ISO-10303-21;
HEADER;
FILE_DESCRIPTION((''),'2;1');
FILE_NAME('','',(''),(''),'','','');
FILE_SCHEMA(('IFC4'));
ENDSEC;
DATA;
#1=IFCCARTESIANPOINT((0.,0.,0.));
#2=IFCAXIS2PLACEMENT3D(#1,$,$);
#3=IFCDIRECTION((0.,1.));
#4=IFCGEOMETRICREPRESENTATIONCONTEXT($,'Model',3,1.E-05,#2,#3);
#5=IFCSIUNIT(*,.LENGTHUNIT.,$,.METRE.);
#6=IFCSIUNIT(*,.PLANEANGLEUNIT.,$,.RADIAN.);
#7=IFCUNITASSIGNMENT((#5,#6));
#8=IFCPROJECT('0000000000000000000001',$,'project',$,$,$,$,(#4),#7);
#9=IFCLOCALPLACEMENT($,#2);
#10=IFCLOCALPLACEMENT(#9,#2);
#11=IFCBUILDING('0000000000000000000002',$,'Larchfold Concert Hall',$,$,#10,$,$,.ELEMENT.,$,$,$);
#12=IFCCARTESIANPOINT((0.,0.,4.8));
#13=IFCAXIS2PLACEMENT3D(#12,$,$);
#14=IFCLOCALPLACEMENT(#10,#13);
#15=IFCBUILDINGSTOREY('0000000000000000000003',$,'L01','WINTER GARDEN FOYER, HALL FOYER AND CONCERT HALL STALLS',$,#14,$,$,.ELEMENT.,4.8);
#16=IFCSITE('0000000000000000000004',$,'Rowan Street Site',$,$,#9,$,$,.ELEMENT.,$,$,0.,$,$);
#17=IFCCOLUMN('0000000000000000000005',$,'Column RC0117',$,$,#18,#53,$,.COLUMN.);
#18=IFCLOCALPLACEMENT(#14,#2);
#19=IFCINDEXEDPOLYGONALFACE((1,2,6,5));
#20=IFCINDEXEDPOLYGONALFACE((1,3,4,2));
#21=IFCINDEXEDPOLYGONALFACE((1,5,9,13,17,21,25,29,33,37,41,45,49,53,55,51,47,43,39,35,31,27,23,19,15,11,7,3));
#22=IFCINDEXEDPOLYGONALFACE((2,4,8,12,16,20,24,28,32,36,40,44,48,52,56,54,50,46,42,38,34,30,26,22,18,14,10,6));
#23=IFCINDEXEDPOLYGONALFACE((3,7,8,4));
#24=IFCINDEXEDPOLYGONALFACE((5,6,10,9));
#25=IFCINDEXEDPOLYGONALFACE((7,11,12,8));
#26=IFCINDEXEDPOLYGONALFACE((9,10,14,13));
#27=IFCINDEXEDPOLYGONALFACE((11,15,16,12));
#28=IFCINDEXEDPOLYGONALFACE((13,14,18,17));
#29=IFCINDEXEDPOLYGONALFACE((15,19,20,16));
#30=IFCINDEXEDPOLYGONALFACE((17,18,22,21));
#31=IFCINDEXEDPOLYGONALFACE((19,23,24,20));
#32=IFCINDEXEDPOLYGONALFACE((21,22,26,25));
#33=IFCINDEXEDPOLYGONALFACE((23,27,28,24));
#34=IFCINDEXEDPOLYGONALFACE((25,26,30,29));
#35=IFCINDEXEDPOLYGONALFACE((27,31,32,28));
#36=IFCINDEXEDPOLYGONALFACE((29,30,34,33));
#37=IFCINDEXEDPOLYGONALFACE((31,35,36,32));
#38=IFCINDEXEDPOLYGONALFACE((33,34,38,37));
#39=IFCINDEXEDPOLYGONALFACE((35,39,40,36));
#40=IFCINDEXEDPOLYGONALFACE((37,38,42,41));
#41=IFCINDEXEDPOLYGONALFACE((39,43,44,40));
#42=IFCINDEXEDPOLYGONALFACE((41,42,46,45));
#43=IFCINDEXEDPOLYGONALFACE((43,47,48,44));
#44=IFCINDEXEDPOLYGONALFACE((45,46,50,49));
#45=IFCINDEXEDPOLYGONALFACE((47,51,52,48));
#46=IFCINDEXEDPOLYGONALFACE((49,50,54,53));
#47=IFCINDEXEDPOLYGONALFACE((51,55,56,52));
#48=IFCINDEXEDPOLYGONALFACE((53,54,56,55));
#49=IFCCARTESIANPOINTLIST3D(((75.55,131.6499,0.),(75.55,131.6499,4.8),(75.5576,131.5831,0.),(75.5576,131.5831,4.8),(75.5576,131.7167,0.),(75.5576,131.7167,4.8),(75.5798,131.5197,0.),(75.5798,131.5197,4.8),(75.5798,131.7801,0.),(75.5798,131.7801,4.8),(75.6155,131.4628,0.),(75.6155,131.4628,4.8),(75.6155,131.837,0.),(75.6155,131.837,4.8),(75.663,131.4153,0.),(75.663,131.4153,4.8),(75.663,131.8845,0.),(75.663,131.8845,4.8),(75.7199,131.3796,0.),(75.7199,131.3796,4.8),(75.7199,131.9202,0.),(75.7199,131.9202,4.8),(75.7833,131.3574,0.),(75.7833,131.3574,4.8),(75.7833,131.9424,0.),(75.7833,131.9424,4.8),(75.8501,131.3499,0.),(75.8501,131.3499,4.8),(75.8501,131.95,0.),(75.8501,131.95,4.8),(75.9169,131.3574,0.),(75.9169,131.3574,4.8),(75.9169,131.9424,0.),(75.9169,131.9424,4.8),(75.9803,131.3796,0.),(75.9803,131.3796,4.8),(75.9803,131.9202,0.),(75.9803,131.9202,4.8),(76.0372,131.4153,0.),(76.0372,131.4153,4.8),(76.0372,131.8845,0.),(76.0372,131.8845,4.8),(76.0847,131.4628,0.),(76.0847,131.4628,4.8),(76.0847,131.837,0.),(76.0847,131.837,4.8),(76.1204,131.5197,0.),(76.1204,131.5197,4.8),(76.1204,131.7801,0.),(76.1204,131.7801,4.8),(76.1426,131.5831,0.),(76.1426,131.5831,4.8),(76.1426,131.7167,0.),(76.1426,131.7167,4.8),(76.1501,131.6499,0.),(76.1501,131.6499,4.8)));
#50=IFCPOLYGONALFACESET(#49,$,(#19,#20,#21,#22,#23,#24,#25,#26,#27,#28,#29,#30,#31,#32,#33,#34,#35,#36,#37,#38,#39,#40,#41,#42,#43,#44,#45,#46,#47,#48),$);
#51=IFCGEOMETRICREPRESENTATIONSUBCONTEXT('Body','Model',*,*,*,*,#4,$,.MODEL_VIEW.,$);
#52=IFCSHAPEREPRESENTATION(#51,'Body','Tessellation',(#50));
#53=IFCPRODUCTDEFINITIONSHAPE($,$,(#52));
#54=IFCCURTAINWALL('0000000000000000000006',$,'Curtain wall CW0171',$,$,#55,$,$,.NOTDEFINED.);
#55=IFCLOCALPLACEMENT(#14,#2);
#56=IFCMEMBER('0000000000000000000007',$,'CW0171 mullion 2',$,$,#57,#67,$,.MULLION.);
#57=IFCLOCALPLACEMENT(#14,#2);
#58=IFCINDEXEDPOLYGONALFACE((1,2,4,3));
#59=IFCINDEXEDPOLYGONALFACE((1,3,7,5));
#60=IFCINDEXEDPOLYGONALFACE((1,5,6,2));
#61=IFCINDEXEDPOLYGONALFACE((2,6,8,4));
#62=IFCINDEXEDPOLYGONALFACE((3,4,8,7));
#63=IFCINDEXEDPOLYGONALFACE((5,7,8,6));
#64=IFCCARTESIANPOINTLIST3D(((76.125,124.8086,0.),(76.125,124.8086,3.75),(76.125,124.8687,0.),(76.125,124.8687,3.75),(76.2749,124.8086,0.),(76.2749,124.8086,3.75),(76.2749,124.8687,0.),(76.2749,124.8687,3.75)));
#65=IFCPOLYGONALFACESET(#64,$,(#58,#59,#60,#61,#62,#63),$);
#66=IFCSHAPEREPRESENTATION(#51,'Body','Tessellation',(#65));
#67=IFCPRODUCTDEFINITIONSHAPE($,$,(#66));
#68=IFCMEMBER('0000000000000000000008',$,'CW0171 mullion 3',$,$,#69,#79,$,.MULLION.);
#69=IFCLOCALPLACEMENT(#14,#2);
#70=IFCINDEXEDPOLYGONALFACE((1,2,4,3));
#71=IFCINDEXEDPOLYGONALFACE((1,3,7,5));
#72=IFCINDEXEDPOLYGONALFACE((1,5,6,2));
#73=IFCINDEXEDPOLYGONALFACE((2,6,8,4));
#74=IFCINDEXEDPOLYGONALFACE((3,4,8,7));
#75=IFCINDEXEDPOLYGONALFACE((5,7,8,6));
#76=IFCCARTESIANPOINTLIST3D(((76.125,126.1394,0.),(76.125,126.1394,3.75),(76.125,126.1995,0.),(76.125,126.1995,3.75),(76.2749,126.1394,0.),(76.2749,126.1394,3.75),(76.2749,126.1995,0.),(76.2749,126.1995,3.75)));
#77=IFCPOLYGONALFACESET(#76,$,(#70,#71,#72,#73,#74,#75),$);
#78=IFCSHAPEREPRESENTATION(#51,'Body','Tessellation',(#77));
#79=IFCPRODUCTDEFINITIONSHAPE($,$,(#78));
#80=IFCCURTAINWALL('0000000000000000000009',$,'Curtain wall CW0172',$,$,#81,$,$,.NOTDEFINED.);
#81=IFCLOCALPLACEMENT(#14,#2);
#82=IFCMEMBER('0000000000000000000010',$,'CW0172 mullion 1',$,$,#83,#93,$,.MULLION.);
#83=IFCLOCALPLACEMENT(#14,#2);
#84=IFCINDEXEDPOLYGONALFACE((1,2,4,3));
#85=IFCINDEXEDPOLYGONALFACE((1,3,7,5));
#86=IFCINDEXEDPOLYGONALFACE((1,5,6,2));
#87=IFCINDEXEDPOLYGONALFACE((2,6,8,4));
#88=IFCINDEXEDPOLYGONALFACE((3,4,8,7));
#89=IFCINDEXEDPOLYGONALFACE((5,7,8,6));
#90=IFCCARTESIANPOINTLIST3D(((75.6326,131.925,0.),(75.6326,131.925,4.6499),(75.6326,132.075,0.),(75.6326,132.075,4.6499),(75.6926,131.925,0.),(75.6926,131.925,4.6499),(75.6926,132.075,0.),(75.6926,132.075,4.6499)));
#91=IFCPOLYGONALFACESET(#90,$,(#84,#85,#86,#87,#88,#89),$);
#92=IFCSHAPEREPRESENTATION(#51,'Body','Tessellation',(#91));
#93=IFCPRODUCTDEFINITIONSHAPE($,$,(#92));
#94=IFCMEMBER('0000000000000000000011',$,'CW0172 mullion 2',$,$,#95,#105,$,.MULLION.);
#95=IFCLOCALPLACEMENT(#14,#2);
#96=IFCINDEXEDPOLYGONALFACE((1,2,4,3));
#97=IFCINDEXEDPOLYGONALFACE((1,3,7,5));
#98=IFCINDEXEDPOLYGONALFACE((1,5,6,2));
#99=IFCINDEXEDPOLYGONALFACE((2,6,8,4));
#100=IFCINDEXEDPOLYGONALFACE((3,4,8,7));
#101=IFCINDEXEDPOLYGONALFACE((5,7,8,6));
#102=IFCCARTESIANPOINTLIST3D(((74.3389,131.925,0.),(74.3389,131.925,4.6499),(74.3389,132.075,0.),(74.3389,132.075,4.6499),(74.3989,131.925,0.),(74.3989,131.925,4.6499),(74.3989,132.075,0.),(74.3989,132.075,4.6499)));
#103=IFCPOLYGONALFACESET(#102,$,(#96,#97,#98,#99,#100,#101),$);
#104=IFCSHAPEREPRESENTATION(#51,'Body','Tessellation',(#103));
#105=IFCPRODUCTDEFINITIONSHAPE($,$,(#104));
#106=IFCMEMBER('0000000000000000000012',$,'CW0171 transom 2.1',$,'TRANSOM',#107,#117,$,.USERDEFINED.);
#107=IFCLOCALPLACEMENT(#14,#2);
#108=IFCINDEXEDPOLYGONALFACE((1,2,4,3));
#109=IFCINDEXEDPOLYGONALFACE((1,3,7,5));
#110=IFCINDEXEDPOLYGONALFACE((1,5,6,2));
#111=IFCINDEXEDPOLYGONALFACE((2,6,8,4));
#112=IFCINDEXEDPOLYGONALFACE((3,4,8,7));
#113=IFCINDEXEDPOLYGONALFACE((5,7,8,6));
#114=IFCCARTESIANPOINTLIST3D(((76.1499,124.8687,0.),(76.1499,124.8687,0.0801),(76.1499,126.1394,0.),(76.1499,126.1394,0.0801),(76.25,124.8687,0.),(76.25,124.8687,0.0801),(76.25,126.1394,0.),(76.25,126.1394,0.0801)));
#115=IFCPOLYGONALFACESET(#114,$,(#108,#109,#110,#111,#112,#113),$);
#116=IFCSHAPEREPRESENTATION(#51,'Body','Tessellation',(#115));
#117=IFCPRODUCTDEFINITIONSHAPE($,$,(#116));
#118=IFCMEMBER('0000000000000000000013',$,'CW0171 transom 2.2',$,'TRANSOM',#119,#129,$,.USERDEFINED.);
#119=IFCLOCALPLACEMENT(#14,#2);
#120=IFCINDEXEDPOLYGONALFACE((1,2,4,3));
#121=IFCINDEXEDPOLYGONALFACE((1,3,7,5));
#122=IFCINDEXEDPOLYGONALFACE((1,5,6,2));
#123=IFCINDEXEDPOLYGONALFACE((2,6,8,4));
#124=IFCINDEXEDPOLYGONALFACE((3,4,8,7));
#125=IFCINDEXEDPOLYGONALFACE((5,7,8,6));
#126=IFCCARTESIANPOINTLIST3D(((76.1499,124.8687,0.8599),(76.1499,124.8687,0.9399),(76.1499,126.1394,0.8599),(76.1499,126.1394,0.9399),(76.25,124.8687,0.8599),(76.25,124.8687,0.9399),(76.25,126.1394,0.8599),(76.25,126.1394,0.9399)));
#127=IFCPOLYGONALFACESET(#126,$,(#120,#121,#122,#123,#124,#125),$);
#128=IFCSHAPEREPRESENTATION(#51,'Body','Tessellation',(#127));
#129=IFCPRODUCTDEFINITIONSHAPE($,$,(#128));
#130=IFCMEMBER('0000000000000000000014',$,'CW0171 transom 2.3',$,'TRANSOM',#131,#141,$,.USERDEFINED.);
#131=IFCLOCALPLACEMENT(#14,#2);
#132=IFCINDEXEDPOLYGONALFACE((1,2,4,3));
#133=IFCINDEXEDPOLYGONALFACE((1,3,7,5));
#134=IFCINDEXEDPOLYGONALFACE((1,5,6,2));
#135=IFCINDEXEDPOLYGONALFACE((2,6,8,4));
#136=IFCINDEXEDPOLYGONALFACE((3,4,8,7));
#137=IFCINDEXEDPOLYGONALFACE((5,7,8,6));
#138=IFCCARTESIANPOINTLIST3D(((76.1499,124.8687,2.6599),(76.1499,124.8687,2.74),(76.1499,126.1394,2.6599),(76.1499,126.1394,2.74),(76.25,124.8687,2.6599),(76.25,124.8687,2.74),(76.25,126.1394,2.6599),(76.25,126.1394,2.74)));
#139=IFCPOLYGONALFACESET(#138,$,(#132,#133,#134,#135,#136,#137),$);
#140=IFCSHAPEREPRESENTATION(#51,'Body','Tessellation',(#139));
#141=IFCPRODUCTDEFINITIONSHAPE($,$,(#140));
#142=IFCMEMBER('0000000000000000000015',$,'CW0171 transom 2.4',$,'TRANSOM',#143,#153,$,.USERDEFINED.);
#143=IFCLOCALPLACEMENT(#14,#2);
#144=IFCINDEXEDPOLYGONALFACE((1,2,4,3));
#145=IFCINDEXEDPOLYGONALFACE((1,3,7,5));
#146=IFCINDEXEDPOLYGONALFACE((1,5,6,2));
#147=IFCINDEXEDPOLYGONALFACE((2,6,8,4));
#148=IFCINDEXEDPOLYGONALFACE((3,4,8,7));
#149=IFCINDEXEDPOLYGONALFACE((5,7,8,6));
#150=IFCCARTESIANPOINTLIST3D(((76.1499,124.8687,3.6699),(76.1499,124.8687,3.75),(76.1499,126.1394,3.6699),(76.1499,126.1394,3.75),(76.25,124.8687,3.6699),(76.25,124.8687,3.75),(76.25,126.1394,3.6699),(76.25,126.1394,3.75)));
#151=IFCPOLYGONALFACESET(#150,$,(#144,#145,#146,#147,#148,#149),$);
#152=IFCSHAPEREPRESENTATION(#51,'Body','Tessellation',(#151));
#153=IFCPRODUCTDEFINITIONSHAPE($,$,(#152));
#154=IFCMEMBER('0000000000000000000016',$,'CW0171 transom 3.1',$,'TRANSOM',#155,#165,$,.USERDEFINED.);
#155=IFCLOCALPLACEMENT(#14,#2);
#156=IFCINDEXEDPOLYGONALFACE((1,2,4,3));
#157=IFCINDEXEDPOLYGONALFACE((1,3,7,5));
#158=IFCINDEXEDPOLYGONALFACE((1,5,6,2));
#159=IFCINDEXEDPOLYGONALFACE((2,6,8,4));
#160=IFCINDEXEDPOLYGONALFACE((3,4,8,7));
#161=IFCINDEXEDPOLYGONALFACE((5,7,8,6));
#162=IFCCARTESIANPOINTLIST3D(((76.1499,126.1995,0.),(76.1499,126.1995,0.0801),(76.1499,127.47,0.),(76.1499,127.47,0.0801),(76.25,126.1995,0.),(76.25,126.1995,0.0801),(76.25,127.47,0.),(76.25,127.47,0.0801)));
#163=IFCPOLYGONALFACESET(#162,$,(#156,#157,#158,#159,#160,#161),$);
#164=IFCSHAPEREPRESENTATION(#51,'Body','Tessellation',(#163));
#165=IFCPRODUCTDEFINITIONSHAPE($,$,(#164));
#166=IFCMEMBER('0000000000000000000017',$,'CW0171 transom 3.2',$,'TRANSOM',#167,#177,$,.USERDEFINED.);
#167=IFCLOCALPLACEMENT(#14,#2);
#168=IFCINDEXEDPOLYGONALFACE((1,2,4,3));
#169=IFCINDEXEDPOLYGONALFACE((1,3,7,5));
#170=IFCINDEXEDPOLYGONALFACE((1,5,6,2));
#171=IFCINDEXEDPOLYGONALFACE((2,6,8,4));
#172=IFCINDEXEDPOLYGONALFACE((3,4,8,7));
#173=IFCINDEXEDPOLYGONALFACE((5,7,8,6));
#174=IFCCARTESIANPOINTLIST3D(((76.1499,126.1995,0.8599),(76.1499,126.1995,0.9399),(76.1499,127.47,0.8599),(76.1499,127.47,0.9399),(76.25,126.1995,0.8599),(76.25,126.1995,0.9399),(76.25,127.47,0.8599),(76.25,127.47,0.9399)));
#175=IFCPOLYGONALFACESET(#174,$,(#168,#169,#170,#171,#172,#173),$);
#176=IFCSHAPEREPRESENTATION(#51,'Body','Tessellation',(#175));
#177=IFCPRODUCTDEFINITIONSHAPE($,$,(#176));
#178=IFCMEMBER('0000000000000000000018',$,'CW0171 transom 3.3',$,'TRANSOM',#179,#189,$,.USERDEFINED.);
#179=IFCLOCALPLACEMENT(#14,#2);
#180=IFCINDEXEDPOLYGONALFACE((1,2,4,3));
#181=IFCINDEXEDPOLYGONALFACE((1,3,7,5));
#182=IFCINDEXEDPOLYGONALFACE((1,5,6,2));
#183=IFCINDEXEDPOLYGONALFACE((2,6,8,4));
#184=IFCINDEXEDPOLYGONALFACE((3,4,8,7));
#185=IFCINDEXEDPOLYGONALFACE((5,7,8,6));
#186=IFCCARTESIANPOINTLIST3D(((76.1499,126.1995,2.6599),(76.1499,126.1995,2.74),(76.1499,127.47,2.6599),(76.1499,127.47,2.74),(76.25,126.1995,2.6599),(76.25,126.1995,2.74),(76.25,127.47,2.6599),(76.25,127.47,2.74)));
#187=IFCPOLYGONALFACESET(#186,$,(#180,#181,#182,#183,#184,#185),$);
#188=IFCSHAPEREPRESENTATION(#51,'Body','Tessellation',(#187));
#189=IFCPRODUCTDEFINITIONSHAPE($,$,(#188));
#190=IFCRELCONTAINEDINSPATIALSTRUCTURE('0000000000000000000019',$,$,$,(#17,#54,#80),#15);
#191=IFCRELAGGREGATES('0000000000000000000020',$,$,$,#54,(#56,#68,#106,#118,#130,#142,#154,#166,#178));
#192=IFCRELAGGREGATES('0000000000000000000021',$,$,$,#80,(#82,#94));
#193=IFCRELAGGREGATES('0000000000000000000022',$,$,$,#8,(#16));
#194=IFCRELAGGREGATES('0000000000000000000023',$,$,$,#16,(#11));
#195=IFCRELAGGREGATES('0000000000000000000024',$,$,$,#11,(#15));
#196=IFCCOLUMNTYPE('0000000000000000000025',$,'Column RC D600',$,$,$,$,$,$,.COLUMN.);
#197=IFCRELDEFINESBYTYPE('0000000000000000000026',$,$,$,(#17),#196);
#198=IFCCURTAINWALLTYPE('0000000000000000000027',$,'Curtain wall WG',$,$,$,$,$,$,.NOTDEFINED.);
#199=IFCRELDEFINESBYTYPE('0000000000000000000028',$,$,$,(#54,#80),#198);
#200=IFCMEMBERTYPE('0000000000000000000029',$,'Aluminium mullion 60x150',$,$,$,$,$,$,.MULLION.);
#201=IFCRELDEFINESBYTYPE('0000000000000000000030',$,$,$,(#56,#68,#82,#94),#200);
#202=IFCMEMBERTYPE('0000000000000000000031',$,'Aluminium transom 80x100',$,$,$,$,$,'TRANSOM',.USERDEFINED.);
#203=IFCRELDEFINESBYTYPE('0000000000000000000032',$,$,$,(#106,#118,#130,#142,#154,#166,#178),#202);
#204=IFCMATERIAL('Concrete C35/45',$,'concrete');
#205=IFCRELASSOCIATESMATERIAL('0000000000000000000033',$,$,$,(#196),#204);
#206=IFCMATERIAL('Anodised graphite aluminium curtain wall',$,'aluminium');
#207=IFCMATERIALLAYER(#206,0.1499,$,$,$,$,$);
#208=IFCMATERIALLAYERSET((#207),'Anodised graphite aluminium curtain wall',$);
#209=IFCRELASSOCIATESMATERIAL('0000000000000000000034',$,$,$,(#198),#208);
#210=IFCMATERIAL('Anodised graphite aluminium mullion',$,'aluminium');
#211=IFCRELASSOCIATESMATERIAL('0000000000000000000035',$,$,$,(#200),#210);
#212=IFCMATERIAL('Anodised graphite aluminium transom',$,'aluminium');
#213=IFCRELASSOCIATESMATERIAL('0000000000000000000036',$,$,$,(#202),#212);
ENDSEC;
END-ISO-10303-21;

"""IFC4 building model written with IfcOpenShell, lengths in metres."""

from ifc_helpers import new_model, si_unit, direction, frame, origin, origin_2d, place, context, subcontext, project, spatial, rectangle, circle, extrude, material, layer, layer_set, material_profile, profile_set, type_object, element, aggregate, save


model = new_model("IFC4")

# Units and contexts
model_context = context("Model", 3, precision=1e-05, world=origin(), true_north=direction((0.0, 1.0)))
body_context = subcontext(model_context, "Body", "Model", "MODEL_VIEW")
ifc_project = project(units=[si_unit("LENGTHUNIT", "METRE"), si_unit("PLANEANGLEUNIT", "RADIAN")], contexts=[model_context])

# Site, building, storey
site_placement = place(None, origin())
site = spatial("IfcSite", under=ifc_project, at=site_placement, Name="Rowan Street Site", CompositionType="ELEMENT", RefElevation=0.0)
building_placement = place(site_placement, origin())
building = spatial("IfcBuilding", under=site, at=building_placement, Name="Larchfold Concert Hall", CompositionType="ELEMENT")
storey_placement = place(building_placement, frame((0.0, 0.0, 4.8)))
storey = spatial("IfcBuildingStorey", under=building, at=storey_placement, Name="L01", Description="WINTER GARDEN FOYER, HALL FOYER AND CONCERT HALL STALLS", CompositionType="ELEMENT", Elevation=4.8)

# Column
ifc_material_1 = material(Name="Concrete C35/45", Category="concrete")
ifc_material_profile_1 = material_profile(ifc_material_1, circle(Radius=0.3, at=origin_2d()))
ifc_profile_set_1 = profile_set([ifc_material_profile_1], Name="Concrete C35/45")
column_type = type_object("IfcColumnType", Name="Column RC D600", PredefinedType="COLUMN", material=ifc_profile_set_1)
column_placement = place(storey_placement, frame((75.8501, 131.6499, 0.0), z_axis=(0.0, 0.0, 1.0), x_axis=(1.0, 0.0, 0.0)))
element("IfcColumn", 1, at=column_placement, inside=storey, type_object=column_type, Name="Column RC0117", PredefinedType="COLUMN", context=body_context, shape_type="SweptSolid", body=[
    extrude(circle(Radius=0.3, at=origin_2d()), origin(), (0.0, 0.0, 1.0), 4.8),
])

# Curtain walls, members
ifc_material_2 = material(Name="Anodised graphite aluminium curtain wall", Category="aluminium")
ifc_layer_1 = layer(ifc_material_2, 0.1499)
ifc_layer_set_1 = layer_set([ifc_layer_1], Name="Anodised graphite aluminium curtain wall")
curtain_wall_type = type_object("IfcCurtainWallType", Name="Curtain wall WG", PredefinedType="NOTDEFINED", material=ifc_layer_set_1)
curtain_wall_1_placement = place(storey_placement, origin())
curtain_wall_1 = element("IfcCurtainWall", 2, at=curtain_wall_1_placement, inside=storey, type_object=curtain_wall_type, Name="Curtain wall CW0171", PredefinedType="NOTDEFINED")
ifc_material_3 = material(Name="Anodised graphite aluminium mullion", Category="aluminium")
ifc_material_profile_2 = material_profile(ifc_material_3, rectangle(XDim=0.1499, YDim=0.0601, at=origin_2d()))
ifc_profile_set_2 = profile_set([ifc_material_profile_2], Name="Anodised graphite aluminium mullion")
member_type_1 = type_object("IfcMemberType", Name="Aluminium mullion 60x150", PredefinedType="MULLION", material=ifc_profile_set_2)
member_1_placement = place(storey_placement, frame((76.2, 124.8386, 0.0), z_axis=(0.0, 0.0, 1.0), x_axis=(-1.0, 0.0, 0.0)))
member_1 = element("IfcMember", 3, at=member_1_placement, type_object=member_type_1, Name="CW0171 mullion 2", PredefinedType="MULLION", context=body_context, shape_type="SweptSolid", body=[
    extrude(rectangle(XDim=0.1499, YDim=0.0601, at=origin_2d()), origin(), (0.0, 0.0, 1.0), 3.75),
])
member_2_placement = place(storey_placement, frame((76.2, 126.1694, 0.0), z_axis=(0.0, 0.0, 1.0), x_axis=(-1.0, 0.0, 0.0)))
member_2 = element("IfcMember", 4, at=member_2_placement, type_object=member_type_1, Name="CW0171 mullion 3", PredefinedType="MULLION", context=body_context, shape_type="SweptSolid", body=[
    extrude(rectangle(XDim=0.1499, YDim=0.0601, at=origin_2d()), origin(), (0.0, 0.0, 1.0), 3.75),
])
curtain_wall_2_placement = place(storey_placement, origin())
curtain_wall_2 = element("IfcCurtainWall", 5, at=curtain_wall_2_placement, inside=storey, type_object=curtain_wall_type, Name="Curtain wall CW0172", PredefinedType="NOTDEFINED")
member_3_placement = place(storey_placement, frame((75.6626, 132.0, 0.0), z_axis=(0.0, 0.0, 1.0), x_axis=(0.0, -1.0, 0.0)))
member_3 = element("IfcMember", 6, at=member_3_placement, type_object=member_type_1, Name="CW0172 mullion 1", PredefinedType="MULLION", context=body_context, shape_type="SweptSolid", body=[
    extrude(rectangle(XDim=0.1499, YDim=0.0601, at=origin_2d()), origin(), (0.0, 0.0, 1.0), 4.6499),
])
member_4_placement = place(storey_placement, frame((74.3689, 132.0, 0.0), z_axis=(0.0, 0.0, 1.0), x_axis=(0.0, -1.0, 0.0)))
member_4 = element("IfcMember", 7, at=member_4_placement, type_object=member_type_1, Name="CW0172 mullion 2", PredefinedType="MULLION", context=body_context, shape_type="SweptSolid", body=[
    extrude(rectangle(XDim=0.1499, YDim=0.0601, at=origin_2d()), origin(), (0.0, 0.0, 1.0), 4.6499),
])

# Members
ifc_material_4 = material(Name="Anodised graphite aluminium transom", Category="aluminium")
ifc_material_profile_3 = material_profile(ifc_material_4, rectangle(XDim=0.1001, YDim=0.0801, at=origin_2d()))
ifc_profile_set_3 = profile_set([ifc_material_profile_3], Name="Anodised graphite aluminium transom")
member_type_2 = type_object("IfcMemberType", Name="Aluminium transom 80x100", ElementType="TRANSOM", PredefinedType="USERDEFINED", material=ifc_profile_set_3)
member_5_placement = place(storey_placement, frame((76.2, 124.8687, 0.04), z_axis=(0.0, 1.0, 0.0), x_axis=(-1.0, 0.0, 0.0)))
member_5 = element("IfcMember", 8, at=member_5_placement, type_object=member_type_2, Name="CW0171 transom 2.1", ObjectType="TRANSOM", PredefinedType="USERDEFINED", context=body_context, shape_type="SweptSolid", body=[
    extrude(rectangle(XDim=0.1001, YDim=0.0801, at=origin_2d()), origin(), (0.0, 0.0, 1.0), 1.2708),
])
member_6_placement = place(storey_placement, frame((76.2, 124.8687, 0.8999), z_axis=(0.0, 1.0, 0.0), x_axis=(-1.0, 0.0, 0.0)))
member_6 = element("IfcMember", 9, at=member_6_placement, type_object=member_type_2, Name="CW0171 transom 2.2", ObjectType="TRANSOM", PredefinedType="USERDEFINED", context=body_context, shape_type="SweptSolid", body=[
    extrude(rectangle(XDim=0.1001, YDim=0.0801, at=origin_2d()), origin(), (0.0, 0.0, 1.0), 1.2708),
])
member_7_placement = place(storey_placement, frame((76.2, 124.8687, 2.7), z_axis=(0.0, 1.0, 0.0), x_axis=(-1.0, 0.0, 0.0)))
member_7 = element("IfcMember", 10, at=member_7_placement, type_object=member_type_2, Name="CW0171 transom 2.3", ObjectType="TRANSOM", PredefinedType="USERDEFINED", context=body_context, shape_type="SweptSolid", body=[
    extrude(rectangle(XDim=0.1001, YDim=0.0801, at=origin_2d()), origin(), (0.0, 0.0, 1.0), 1.2708),
])
member_8_placement = place(storey_placement, frame((76.2, 124.8687, 3.71), z_axis=(0.0, 1.0, 0.0), x_axis=(-1.0, 0.0, 0.0)))
member_8 = element("IfcMember", 11, at=member_8_placement, type_object=member_type_2, Name="CW0171 transom 2.4", ObjectType="TRANSOM", PredefinedType="USERDEFINED", context=body_context, shape_type="SweptSolid", body=[
    extrude(rectangle(XDim=0.1001, YDim=0.0801, at=origin_2d()), origin(), (0.0, 0.0, 1.0), 1.2708),
])
member_9_placement = place(storey_placement, frame((76.2, 126.1995, 0.04), z_axis=(0.0, 1.0, 0.0), x_axis=(-1.0, 0.0, 0.0)))
member_9 = element("IfcMember", 12, at=member_9_placement, type_object=member_type_2, Name="CW0171 transom 3.1", ObjectType="TRANSOM", PredefinedType="USERDEFINED", context=body_context, shape_type="SweptSolid", body=[
    extrude(rectangle(XDim=0.1001, YDim=0.0801, at=origin_2d()), origin(), (0.0, 0.0, 1.0), 1.2705),
])
member_10_placement = place(storey_placement, frame((76.2, 126.1995, 0.8999), z_axis=(0.0, 1.0, 0.0), x_axis=(-1.0, 0.0, 0.0)))
member_10 = element("IfcMember", 13, at=member_10_placement, type_object=member_type_2, Name="CW0171 transom 3.2", ObjectType="TRANSOM", PredefinedType="USERDEFINED", context=body_context, shape_type="SweptSolid", body=[
    extrude(rectangle(XDim=0.1001, YDim=0.0801, at=origin_2d()), origin(), (0.0, 0.0, 1.0), 1.2705),
])
member_11_placement = place(storey_placement, frame((76.2, 126.1995, 2.7), z_axis=(0.0, 1.0, 0.0), x_axis=(-1.0, 0.0, 0.0)))
member_11 = element("IfcMember", 14, at=member_11_placement, type_object=member_type_2, Name="CW0171 transom 3.3", ObjectType="TRANSOM", PredefinedType="USERDEFINED", context=body_context, shape_type="SweptSolid", body=[
    extrude(rectangle(XDim=0.1001, YDim=0.0801, at=origin_2d()), origin(), (0.0, 0.0, 1.0), 1.2705),
])

aggregate(curtain_wall_1, [member_1, member_2, member_5, member_6, member_7, member_8, member_9, member_10, member_11])
aggregate(curtain_wall_2, [member_3, member_4])

save(model, "model.ifc")
